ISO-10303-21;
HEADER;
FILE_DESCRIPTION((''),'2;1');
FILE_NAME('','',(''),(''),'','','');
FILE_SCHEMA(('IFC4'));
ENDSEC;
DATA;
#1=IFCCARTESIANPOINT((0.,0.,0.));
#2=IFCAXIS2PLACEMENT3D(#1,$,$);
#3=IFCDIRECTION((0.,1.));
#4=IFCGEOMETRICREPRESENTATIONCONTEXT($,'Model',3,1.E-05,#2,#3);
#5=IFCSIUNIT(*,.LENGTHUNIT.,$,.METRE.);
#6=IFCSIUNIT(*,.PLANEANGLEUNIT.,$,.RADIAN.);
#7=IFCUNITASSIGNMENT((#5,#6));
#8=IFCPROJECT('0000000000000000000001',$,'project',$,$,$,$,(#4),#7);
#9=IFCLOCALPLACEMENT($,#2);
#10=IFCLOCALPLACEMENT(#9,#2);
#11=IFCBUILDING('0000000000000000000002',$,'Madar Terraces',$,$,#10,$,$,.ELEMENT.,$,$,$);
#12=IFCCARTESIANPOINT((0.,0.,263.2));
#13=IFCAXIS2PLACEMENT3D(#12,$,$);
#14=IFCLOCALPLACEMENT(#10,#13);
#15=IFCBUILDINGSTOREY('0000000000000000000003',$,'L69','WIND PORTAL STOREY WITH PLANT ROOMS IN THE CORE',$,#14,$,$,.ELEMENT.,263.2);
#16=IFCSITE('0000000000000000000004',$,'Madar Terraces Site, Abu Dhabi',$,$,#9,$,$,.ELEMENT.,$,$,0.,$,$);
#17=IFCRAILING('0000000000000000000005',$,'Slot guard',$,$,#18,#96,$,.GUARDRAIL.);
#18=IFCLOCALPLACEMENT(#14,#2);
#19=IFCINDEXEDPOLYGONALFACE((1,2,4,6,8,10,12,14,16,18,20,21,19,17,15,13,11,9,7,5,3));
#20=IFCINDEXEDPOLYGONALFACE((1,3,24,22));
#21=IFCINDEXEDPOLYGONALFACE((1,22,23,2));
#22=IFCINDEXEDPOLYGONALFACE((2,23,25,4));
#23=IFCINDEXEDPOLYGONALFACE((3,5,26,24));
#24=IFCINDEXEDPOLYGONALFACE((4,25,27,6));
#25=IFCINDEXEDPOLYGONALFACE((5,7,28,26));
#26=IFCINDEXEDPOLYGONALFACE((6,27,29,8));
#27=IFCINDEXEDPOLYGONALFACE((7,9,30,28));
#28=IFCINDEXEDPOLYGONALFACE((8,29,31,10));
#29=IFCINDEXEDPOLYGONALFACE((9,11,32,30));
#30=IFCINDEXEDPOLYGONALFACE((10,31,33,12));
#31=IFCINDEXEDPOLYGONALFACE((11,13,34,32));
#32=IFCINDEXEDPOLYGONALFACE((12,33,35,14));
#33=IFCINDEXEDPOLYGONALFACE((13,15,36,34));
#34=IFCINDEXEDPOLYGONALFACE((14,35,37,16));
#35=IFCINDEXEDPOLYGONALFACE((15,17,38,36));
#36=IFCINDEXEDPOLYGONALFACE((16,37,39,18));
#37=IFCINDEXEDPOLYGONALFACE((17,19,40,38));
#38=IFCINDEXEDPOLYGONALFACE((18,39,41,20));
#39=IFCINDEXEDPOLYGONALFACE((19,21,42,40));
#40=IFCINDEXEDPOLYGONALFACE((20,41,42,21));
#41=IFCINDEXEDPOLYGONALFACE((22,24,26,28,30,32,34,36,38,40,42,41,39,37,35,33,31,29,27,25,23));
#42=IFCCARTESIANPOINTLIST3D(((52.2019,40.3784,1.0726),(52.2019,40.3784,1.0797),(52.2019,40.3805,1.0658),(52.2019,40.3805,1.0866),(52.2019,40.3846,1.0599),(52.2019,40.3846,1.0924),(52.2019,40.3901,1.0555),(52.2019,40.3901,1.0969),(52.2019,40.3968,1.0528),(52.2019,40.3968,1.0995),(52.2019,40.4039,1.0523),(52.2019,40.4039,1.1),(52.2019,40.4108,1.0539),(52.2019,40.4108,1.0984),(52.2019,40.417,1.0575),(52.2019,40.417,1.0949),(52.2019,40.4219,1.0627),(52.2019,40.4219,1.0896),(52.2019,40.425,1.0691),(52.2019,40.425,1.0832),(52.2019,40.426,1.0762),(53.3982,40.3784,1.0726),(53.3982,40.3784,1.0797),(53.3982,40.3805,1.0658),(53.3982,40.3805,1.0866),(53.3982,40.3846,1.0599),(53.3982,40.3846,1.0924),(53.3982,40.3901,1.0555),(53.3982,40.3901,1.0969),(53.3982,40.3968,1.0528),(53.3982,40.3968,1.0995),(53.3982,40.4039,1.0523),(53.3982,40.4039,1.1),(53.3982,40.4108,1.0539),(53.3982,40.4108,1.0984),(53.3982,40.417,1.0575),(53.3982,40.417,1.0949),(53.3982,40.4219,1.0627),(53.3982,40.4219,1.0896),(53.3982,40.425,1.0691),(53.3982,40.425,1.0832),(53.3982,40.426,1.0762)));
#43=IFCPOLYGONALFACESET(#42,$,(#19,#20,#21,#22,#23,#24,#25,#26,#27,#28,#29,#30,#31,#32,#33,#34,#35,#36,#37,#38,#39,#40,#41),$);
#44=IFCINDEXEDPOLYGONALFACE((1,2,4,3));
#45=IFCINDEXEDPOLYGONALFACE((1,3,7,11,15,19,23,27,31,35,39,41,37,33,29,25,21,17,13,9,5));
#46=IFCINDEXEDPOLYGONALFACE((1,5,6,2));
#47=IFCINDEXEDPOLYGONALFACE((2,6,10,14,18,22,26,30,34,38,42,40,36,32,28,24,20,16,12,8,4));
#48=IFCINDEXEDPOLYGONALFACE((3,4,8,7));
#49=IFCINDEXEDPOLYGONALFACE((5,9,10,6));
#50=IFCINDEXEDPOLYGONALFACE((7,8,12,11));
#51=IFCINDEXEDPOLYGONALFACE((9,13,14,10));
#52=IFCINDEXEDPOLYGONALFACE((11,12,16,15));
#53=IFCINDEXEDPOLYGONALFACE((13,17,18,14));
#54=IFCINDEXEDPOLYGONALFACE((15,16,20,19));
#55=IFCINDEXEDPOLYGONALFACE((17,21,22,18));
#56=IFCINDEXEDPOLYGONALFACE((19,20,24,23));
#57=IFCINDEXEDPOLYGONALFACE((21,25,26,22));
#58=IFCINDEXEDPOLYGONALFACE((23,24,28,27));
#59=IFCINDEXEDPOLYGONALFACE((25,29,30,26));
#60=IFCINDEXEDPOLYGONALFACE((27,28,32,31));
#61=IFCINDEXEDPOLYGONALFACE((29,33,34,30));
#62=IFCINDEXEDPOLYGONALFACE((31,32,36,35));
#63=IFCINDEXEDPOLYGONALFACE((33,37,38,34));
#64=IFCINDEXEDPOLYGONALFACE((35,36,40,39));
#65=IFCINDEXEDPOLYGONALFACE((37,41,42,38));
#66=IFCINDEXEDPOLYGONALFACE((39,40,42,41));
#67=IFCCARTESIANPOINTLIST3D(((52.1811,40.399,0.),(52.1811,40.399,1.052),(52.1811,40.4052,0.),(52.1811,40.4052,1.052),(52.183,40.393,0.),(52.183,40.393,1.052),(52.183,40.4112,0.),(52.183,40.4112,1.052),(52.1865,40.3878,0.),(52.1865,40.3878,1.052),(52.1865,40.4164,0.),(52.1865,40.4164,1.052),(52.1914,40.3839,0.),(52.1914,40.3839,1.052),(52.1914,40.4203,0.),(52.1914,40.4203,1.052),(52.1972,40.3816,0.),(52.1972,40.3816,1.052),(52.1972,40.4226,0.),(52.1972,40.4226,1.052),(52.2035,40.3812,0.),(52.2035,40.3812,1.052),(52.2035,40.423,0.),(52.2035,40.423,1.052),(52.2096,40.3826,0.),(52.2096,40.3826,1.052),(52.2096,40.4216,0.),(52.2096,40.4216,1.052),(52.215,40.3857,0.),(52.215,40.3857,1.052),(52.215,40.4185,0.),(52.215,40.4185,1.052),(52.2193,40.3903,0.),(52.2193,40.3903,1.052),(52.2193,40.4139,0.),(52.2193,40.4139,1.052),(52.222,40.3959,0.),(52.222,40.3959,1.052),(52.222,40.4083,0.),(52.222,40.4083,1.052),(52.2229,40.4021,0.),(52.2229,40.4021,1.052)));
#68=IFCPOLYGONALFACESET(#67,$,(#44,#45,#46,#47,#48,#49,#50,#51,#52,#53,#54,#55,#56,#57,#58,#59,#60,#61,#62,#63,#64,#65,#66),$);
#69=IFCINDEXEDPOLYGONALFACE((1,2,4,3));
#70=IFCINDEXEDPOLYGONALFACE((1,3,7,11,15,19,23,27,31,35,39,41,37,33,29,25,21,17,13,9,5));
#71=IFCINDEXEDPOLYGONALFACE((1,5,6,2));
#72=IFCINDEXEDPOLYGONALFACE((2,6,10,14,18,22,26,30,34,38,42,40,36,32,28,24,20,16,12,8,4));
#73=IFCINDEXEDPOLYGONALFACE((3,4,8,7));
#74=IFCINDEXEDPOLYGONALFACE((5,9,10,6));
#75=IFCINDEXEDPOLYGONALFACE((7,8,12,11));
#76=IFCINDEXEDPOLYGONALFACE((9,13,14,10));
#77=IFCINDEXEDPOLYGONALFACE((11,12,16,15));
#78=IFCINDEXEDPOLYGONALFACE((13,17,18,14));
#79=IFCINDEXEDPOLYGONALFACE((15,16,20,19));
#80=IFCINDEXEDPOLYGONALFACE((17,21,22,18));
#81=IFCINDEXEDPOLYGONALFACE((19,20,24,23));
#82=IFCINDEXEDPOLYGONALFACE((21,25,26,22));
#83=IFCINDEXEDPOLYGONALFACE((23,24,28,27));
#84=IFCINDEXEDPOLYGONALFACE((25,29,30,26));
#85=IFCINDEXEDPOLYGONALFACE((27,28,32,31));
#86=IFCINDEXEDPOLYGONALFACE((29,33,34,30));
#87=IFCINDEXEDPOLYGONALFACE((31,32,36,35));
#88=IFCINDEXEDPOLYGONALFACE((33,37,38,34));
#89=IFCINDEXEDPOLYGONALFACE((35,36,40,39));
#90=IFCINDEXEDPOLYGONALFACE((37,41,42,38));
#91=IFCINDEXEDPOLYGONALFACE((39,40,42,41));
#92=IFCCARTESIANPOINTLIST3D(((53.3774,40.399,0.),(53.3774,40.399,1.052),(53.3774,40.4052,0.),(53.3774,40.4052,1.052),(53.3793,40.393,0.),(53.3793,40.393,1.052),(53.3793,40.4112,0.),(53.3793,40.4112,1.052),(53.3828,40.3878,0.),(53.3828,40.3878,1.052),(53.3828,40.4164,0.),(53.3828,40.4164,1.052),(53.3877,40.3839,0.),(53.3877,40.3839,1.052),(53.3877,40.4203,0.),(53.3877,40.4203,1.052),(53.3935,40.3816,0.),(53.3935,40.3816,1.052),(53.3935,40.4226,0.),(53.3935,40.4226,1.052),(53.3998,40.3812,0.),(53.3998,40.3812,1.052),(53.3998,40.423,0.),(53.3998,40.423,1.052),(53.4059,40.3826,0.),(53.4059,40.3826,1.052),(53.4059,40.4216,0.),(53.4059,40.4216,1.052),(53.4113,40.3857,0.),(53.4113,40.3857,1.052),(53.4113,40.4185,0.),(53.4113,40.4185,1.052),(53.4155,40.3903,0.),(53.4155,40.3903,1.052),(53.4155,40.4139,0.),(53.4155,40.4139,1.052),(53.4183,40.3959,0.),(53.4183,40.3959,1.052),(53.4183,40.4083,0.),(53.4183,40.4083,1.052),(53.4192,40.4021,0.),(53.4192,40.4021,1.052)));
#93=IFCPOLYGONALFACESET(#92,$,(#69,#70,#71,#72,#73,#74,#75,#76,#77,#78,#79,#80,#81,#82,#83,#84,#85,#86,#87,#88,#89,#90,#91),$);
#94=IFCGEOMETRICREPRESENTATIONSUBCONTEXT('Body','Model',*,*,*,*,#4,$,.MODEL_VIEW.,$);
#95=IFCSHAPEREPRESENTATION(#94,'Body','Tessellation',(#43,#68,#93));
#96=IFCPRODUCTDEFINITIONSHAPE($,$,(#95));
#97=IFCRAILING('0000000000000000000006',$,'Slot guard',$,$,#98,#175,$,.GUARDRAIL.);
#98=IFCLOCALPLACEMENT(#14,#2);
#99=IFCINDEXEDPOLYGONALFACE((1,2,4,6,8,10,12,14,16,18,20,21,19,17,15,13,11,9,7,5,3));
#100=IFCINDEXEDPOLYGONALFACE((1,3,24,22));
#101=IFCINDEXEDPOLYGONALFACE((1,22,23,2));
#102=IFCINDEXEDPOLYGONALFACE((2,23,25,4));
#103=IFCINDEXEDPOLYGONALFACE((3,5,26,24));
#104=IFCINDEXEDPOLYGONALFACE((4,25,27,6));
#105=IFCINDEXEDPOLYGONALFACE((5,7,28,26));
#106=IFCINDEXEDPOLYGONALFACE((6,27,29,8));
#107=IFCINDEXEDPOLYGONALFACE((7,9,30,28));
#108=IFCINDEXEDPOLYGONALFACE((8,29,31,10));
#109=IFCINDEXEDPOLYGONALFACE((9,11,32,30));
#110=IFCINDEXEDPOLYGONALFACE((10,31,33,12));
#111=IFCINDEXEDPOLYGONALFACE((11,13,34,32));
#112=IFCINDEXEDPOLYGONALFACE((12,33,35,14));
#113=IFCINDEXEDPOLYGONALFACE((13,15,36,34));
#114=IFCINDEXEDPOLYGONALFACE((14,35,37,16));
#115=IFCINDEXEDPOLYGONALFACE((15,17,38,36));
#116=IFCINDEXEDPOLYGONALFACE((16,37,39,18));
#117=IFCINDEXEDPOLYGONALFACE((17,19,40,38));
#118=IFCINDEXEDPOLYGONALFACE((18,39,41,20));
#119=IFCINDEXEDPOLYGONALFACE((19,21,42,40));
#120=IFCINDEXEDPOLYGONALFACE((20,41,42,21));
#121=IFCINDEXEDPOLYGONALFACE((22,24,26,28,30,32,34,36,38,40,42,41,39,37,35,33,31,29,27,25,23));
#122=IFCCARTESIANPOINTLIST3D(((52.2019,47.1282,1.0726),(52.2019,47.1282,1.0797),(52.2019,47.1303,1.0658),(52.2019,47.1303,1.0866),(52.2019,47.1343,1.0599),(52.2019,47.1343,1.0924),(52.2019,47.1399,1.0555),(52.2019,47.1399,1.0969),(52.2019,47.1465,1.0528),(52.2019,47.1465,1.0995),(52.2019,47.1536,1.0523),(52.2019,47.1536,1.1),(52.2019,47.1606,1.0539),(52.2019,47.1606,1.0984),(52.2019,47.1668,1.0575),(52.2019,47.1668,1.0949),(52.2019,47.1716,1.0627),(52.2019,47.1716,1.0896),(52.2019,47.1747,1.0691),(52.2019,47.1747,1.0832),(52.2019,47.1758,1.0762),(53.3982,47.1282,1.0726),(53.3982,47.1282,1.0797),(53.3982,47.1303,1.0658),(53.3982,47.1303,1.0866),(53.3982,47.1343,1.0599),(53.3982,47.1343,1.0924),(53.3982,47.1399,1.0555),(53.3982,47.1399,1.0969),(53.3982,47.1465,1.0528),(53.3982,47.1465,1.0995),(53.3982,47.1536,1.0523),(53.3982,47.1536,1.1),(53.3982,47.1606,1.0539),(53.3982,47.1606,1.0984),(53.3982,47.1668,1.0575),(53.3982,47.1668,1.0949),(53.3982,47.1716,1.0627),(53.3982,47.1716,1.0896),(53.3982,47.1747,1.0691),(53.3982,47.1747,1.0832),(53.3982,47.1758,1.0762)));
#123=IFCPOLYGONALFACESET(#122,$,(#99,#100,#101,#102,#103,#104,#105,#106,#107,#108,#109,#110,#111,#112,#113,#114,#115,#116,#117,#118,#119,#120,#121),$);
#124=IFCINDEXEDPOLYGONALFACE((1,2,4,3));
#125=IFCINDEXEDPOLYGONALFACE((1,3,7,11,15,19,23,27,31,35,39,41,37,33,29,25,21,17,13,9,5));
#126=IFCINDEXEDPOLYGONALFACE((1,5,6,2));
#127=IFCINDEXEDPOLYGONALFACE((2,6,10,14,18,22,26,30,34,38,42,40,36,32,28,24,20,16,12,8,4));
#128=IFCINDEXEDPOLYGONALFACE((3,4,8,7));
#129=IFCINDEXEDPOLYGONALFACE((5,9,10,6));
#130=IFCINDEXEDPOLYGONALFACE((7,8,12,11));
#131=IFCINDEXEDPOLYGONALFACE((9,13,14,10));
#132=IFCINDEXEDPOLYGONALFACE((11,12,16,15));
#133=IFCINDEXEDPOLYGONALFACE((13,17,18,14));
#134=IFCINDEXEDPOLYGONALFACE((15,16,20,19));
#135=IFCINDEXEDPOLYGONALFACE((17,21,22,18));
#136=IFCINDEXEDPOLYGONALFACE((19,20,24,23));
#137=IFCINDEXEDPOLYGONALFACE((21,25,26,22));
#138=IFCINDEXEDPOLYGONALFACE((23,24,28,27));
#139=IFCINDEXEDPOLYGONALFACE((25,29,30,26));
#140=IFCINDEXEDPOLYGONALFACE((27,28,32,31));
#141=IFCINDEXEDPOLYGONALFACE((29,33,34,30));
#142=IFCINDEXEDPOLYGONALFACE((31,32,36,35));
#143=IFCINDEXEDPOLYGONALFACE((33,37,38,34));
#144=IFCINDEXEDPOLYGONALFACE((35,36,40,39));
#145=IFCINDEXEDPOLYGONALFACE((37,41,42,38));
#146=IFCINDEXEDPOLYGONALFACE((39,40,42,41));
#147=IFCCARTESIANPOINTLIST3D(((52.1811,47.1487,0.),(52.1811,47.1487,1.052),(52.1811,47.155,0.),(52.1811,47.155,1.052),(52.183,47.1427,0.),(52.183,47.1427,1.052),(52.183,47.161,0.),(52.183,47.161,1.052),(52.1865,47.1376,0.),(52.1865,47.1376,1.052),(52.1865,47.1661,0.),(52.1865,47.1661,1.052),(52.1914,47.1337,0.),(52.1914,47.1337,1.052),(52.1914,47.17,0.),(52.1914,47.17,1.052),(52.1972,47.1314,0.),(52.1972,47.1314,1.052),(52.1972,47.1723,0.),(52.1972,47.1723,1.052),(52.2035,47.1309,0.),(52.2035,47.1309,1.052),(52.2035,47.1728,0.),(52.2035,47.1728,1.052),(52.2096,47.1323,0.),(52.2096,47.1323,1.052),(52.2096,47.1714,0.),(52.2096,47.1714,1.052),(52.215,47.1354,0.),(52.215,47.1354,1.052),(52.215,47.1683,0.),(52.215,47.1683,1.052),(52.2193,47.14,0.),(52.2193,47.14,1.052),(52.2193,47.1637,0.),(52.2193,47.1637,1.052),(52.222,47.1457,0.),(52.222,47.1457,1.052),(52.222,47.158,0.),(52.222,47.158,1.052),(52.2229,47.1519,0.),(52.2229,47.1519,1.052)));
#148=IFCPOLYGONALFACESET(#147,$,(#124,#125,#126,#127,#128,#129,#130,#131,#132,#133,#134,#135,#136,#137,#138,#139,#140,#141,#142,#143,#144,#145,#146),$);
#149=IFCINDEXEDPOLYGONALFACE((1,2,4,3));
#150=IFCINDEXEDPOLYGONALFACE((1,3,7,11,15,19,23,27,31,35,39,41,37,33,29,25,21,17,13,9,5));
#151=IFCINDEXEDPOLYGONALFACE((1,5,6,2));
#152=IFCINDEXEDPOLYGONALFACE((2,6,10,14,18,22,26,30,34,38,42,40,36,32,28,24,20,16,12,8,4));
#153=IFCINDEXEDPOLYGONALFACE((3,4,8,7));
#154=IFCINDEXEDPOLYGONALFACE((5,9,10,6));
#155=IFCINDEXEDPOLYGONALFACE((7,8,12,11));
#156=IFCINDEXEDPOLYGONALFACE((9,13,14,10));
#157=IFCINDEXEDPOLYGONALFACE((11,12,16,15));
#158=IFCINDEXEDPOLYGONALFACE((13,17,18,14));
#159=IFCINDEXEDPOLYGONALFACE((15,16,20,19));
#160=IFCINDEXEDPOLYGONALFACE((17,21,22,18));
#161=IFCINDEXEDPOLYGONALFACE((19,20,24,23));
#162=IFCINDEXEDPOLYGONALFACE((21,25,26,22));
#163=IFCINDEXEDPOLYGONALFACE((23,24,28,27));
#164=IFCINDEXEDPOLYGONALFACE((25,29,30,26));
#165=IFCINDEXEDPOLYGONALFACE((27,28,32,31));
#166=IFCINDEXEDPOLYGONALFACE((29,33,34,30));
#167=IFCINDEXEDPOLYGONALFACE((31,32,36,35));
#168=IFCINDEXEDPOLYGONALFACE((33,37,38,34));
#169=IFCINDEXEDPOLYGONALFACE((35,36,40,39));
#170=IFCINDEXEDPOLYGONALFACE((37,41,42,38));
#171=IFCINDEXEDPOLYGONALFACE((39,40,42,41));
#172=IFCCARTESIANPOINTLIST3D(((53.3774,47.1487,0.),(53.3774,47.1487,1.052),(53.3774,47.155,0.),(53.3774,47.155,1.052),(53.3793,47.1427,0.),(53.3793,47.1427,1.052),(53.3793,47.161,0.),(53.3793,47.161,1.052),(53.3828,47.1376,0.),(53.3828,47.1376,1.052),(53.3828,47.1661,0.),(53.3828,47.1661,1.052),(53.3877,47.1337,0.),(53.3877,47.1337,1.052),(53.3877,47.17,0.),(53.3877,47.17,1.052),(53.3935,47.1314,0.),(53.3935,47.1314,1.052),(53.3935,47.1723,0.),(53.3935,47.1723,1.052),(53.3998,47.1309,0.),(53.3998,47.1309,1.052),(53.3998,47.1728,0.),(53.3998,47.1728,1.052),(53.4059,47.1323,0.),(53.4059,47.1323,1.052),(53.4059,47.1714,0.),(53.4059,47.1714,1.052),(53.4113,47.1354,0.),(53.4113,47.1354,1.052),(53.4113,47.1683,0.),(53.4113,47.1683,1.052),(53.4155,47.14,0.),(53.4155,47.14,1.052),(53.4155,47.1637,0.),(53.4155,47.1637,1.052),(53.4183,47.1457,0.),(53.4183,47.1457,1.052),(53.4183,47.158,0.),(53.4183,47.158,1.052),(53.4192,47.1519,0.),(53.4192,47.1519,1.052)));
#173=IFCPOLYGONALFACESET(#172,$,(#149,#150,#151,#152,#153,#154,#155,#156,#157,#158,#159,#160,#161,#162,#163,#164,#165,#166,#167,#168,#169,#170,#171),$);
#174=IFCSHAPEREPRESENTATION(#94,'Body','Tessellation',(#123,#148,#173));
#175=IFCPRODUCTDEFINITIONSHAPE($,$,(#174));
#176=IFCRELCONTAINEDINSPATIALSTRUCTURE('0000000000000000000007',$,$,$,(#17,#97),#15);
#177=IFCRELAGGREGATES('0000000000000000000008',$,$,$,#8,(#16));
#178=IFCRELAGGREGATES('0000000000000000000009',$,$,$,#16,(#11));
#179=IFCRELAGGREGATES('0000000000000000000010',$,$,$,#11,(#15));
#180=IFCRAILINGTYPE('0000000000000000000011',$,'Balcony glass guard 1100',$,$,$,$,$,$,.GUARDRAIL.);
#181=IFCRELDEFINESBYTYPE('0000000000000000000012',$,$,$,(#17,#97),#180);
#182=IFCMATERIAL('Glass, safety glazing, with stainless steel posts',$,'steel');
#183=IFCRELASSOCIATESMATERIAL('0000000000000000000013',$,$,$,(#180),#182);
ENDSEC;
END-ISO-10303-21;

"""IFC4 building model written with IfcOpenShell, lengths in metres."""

from ifc_helpers import new_model, si_unit, direction, frame, origin, origin_2d, place, context, subcontext, project, spatial, circle, extrude, material, type_object, element, save


model = new_model("IFC4")

# Units and contexts
model_context = context("Model", 3, precision=1e-05, world=origin(), true_north=direction((0.0, 1.0)))
body_context = subcontext(model_context, "Body", "Model", "MODEL_VIEW")
ifc_project = project(units=[si_unit("LENGTHUNIT", "METRE"), si_unit("PLANEANGLEUNIT", "RADIAN")], contexts=[model_context])

# Site, building, storey
site_placement = place(None, origin())
site = spatial("IfcSite", under=ifc_project, at=site_placement, Name="Madar Terraces Site, Abu Dhabi", CompositionType="ELEMENT", RefElevation=0.0)
building_placement = place(site_placement, origin())
building = spatial("IfcBuilding", under=site, at=building_placement, Name="Madar Terraces", CompositionType="ELEMENT")
storey_placement = place(building_placement, frame((0.0, 0.0, 263.2)))
storey = spatial("IfcBuildingStorey", under=building, at=storey_placement, Name="L69", Description="WIND PORTAL STOREY WITH PLANT ROOMS IN THE CORE", CompositionType="ELEMENT", Elevation=263.2)

# Railings
ifc_material_1 = material(Name="Glass, safety glazing, with stainless steel posts", Category="steel")
railing_type = type_object("IfcRailingType", Name="Balcony glass guard 1100", PredefinedType="GUARDRAIL", material=ifc_material_1)
for number, where, name in (
    (1, (52.2019, 40.4021, 0.0), "Slot guard"),
    (2, (52.2019, 47.1519, 0.0), "Slot guard"),
):
    element("IfcRailing", number, at=place(storey_placement, frame(where)), inside=storey, type_object=railing_type, Name=name, PredefinedType="GUARDRAIL", context=body_context, shape_type="SweptSolid", body=[
        extrude(circle(Radius=0.0239, at=origin_2d()), frame((0.0, 0.0, 1.0762), z_axis=(1.0, 0.0, 0.0), x_axis=(0.0, 1.0, 0.0)), (0.0, 0.0, 1.0), 1.1963),
        extrude(circle(Radius=0.021, at=origin_2d()), origin(), (0.0, 0.0, 1.0), 1.052),
        extrude(circle(Radius=0.021, at=origin_2d()), frame((1.1963, 0.0, 0.0)), (0.0, 0.0, 1.0), 1.052),
    ])

save(model, "model.ifc")
